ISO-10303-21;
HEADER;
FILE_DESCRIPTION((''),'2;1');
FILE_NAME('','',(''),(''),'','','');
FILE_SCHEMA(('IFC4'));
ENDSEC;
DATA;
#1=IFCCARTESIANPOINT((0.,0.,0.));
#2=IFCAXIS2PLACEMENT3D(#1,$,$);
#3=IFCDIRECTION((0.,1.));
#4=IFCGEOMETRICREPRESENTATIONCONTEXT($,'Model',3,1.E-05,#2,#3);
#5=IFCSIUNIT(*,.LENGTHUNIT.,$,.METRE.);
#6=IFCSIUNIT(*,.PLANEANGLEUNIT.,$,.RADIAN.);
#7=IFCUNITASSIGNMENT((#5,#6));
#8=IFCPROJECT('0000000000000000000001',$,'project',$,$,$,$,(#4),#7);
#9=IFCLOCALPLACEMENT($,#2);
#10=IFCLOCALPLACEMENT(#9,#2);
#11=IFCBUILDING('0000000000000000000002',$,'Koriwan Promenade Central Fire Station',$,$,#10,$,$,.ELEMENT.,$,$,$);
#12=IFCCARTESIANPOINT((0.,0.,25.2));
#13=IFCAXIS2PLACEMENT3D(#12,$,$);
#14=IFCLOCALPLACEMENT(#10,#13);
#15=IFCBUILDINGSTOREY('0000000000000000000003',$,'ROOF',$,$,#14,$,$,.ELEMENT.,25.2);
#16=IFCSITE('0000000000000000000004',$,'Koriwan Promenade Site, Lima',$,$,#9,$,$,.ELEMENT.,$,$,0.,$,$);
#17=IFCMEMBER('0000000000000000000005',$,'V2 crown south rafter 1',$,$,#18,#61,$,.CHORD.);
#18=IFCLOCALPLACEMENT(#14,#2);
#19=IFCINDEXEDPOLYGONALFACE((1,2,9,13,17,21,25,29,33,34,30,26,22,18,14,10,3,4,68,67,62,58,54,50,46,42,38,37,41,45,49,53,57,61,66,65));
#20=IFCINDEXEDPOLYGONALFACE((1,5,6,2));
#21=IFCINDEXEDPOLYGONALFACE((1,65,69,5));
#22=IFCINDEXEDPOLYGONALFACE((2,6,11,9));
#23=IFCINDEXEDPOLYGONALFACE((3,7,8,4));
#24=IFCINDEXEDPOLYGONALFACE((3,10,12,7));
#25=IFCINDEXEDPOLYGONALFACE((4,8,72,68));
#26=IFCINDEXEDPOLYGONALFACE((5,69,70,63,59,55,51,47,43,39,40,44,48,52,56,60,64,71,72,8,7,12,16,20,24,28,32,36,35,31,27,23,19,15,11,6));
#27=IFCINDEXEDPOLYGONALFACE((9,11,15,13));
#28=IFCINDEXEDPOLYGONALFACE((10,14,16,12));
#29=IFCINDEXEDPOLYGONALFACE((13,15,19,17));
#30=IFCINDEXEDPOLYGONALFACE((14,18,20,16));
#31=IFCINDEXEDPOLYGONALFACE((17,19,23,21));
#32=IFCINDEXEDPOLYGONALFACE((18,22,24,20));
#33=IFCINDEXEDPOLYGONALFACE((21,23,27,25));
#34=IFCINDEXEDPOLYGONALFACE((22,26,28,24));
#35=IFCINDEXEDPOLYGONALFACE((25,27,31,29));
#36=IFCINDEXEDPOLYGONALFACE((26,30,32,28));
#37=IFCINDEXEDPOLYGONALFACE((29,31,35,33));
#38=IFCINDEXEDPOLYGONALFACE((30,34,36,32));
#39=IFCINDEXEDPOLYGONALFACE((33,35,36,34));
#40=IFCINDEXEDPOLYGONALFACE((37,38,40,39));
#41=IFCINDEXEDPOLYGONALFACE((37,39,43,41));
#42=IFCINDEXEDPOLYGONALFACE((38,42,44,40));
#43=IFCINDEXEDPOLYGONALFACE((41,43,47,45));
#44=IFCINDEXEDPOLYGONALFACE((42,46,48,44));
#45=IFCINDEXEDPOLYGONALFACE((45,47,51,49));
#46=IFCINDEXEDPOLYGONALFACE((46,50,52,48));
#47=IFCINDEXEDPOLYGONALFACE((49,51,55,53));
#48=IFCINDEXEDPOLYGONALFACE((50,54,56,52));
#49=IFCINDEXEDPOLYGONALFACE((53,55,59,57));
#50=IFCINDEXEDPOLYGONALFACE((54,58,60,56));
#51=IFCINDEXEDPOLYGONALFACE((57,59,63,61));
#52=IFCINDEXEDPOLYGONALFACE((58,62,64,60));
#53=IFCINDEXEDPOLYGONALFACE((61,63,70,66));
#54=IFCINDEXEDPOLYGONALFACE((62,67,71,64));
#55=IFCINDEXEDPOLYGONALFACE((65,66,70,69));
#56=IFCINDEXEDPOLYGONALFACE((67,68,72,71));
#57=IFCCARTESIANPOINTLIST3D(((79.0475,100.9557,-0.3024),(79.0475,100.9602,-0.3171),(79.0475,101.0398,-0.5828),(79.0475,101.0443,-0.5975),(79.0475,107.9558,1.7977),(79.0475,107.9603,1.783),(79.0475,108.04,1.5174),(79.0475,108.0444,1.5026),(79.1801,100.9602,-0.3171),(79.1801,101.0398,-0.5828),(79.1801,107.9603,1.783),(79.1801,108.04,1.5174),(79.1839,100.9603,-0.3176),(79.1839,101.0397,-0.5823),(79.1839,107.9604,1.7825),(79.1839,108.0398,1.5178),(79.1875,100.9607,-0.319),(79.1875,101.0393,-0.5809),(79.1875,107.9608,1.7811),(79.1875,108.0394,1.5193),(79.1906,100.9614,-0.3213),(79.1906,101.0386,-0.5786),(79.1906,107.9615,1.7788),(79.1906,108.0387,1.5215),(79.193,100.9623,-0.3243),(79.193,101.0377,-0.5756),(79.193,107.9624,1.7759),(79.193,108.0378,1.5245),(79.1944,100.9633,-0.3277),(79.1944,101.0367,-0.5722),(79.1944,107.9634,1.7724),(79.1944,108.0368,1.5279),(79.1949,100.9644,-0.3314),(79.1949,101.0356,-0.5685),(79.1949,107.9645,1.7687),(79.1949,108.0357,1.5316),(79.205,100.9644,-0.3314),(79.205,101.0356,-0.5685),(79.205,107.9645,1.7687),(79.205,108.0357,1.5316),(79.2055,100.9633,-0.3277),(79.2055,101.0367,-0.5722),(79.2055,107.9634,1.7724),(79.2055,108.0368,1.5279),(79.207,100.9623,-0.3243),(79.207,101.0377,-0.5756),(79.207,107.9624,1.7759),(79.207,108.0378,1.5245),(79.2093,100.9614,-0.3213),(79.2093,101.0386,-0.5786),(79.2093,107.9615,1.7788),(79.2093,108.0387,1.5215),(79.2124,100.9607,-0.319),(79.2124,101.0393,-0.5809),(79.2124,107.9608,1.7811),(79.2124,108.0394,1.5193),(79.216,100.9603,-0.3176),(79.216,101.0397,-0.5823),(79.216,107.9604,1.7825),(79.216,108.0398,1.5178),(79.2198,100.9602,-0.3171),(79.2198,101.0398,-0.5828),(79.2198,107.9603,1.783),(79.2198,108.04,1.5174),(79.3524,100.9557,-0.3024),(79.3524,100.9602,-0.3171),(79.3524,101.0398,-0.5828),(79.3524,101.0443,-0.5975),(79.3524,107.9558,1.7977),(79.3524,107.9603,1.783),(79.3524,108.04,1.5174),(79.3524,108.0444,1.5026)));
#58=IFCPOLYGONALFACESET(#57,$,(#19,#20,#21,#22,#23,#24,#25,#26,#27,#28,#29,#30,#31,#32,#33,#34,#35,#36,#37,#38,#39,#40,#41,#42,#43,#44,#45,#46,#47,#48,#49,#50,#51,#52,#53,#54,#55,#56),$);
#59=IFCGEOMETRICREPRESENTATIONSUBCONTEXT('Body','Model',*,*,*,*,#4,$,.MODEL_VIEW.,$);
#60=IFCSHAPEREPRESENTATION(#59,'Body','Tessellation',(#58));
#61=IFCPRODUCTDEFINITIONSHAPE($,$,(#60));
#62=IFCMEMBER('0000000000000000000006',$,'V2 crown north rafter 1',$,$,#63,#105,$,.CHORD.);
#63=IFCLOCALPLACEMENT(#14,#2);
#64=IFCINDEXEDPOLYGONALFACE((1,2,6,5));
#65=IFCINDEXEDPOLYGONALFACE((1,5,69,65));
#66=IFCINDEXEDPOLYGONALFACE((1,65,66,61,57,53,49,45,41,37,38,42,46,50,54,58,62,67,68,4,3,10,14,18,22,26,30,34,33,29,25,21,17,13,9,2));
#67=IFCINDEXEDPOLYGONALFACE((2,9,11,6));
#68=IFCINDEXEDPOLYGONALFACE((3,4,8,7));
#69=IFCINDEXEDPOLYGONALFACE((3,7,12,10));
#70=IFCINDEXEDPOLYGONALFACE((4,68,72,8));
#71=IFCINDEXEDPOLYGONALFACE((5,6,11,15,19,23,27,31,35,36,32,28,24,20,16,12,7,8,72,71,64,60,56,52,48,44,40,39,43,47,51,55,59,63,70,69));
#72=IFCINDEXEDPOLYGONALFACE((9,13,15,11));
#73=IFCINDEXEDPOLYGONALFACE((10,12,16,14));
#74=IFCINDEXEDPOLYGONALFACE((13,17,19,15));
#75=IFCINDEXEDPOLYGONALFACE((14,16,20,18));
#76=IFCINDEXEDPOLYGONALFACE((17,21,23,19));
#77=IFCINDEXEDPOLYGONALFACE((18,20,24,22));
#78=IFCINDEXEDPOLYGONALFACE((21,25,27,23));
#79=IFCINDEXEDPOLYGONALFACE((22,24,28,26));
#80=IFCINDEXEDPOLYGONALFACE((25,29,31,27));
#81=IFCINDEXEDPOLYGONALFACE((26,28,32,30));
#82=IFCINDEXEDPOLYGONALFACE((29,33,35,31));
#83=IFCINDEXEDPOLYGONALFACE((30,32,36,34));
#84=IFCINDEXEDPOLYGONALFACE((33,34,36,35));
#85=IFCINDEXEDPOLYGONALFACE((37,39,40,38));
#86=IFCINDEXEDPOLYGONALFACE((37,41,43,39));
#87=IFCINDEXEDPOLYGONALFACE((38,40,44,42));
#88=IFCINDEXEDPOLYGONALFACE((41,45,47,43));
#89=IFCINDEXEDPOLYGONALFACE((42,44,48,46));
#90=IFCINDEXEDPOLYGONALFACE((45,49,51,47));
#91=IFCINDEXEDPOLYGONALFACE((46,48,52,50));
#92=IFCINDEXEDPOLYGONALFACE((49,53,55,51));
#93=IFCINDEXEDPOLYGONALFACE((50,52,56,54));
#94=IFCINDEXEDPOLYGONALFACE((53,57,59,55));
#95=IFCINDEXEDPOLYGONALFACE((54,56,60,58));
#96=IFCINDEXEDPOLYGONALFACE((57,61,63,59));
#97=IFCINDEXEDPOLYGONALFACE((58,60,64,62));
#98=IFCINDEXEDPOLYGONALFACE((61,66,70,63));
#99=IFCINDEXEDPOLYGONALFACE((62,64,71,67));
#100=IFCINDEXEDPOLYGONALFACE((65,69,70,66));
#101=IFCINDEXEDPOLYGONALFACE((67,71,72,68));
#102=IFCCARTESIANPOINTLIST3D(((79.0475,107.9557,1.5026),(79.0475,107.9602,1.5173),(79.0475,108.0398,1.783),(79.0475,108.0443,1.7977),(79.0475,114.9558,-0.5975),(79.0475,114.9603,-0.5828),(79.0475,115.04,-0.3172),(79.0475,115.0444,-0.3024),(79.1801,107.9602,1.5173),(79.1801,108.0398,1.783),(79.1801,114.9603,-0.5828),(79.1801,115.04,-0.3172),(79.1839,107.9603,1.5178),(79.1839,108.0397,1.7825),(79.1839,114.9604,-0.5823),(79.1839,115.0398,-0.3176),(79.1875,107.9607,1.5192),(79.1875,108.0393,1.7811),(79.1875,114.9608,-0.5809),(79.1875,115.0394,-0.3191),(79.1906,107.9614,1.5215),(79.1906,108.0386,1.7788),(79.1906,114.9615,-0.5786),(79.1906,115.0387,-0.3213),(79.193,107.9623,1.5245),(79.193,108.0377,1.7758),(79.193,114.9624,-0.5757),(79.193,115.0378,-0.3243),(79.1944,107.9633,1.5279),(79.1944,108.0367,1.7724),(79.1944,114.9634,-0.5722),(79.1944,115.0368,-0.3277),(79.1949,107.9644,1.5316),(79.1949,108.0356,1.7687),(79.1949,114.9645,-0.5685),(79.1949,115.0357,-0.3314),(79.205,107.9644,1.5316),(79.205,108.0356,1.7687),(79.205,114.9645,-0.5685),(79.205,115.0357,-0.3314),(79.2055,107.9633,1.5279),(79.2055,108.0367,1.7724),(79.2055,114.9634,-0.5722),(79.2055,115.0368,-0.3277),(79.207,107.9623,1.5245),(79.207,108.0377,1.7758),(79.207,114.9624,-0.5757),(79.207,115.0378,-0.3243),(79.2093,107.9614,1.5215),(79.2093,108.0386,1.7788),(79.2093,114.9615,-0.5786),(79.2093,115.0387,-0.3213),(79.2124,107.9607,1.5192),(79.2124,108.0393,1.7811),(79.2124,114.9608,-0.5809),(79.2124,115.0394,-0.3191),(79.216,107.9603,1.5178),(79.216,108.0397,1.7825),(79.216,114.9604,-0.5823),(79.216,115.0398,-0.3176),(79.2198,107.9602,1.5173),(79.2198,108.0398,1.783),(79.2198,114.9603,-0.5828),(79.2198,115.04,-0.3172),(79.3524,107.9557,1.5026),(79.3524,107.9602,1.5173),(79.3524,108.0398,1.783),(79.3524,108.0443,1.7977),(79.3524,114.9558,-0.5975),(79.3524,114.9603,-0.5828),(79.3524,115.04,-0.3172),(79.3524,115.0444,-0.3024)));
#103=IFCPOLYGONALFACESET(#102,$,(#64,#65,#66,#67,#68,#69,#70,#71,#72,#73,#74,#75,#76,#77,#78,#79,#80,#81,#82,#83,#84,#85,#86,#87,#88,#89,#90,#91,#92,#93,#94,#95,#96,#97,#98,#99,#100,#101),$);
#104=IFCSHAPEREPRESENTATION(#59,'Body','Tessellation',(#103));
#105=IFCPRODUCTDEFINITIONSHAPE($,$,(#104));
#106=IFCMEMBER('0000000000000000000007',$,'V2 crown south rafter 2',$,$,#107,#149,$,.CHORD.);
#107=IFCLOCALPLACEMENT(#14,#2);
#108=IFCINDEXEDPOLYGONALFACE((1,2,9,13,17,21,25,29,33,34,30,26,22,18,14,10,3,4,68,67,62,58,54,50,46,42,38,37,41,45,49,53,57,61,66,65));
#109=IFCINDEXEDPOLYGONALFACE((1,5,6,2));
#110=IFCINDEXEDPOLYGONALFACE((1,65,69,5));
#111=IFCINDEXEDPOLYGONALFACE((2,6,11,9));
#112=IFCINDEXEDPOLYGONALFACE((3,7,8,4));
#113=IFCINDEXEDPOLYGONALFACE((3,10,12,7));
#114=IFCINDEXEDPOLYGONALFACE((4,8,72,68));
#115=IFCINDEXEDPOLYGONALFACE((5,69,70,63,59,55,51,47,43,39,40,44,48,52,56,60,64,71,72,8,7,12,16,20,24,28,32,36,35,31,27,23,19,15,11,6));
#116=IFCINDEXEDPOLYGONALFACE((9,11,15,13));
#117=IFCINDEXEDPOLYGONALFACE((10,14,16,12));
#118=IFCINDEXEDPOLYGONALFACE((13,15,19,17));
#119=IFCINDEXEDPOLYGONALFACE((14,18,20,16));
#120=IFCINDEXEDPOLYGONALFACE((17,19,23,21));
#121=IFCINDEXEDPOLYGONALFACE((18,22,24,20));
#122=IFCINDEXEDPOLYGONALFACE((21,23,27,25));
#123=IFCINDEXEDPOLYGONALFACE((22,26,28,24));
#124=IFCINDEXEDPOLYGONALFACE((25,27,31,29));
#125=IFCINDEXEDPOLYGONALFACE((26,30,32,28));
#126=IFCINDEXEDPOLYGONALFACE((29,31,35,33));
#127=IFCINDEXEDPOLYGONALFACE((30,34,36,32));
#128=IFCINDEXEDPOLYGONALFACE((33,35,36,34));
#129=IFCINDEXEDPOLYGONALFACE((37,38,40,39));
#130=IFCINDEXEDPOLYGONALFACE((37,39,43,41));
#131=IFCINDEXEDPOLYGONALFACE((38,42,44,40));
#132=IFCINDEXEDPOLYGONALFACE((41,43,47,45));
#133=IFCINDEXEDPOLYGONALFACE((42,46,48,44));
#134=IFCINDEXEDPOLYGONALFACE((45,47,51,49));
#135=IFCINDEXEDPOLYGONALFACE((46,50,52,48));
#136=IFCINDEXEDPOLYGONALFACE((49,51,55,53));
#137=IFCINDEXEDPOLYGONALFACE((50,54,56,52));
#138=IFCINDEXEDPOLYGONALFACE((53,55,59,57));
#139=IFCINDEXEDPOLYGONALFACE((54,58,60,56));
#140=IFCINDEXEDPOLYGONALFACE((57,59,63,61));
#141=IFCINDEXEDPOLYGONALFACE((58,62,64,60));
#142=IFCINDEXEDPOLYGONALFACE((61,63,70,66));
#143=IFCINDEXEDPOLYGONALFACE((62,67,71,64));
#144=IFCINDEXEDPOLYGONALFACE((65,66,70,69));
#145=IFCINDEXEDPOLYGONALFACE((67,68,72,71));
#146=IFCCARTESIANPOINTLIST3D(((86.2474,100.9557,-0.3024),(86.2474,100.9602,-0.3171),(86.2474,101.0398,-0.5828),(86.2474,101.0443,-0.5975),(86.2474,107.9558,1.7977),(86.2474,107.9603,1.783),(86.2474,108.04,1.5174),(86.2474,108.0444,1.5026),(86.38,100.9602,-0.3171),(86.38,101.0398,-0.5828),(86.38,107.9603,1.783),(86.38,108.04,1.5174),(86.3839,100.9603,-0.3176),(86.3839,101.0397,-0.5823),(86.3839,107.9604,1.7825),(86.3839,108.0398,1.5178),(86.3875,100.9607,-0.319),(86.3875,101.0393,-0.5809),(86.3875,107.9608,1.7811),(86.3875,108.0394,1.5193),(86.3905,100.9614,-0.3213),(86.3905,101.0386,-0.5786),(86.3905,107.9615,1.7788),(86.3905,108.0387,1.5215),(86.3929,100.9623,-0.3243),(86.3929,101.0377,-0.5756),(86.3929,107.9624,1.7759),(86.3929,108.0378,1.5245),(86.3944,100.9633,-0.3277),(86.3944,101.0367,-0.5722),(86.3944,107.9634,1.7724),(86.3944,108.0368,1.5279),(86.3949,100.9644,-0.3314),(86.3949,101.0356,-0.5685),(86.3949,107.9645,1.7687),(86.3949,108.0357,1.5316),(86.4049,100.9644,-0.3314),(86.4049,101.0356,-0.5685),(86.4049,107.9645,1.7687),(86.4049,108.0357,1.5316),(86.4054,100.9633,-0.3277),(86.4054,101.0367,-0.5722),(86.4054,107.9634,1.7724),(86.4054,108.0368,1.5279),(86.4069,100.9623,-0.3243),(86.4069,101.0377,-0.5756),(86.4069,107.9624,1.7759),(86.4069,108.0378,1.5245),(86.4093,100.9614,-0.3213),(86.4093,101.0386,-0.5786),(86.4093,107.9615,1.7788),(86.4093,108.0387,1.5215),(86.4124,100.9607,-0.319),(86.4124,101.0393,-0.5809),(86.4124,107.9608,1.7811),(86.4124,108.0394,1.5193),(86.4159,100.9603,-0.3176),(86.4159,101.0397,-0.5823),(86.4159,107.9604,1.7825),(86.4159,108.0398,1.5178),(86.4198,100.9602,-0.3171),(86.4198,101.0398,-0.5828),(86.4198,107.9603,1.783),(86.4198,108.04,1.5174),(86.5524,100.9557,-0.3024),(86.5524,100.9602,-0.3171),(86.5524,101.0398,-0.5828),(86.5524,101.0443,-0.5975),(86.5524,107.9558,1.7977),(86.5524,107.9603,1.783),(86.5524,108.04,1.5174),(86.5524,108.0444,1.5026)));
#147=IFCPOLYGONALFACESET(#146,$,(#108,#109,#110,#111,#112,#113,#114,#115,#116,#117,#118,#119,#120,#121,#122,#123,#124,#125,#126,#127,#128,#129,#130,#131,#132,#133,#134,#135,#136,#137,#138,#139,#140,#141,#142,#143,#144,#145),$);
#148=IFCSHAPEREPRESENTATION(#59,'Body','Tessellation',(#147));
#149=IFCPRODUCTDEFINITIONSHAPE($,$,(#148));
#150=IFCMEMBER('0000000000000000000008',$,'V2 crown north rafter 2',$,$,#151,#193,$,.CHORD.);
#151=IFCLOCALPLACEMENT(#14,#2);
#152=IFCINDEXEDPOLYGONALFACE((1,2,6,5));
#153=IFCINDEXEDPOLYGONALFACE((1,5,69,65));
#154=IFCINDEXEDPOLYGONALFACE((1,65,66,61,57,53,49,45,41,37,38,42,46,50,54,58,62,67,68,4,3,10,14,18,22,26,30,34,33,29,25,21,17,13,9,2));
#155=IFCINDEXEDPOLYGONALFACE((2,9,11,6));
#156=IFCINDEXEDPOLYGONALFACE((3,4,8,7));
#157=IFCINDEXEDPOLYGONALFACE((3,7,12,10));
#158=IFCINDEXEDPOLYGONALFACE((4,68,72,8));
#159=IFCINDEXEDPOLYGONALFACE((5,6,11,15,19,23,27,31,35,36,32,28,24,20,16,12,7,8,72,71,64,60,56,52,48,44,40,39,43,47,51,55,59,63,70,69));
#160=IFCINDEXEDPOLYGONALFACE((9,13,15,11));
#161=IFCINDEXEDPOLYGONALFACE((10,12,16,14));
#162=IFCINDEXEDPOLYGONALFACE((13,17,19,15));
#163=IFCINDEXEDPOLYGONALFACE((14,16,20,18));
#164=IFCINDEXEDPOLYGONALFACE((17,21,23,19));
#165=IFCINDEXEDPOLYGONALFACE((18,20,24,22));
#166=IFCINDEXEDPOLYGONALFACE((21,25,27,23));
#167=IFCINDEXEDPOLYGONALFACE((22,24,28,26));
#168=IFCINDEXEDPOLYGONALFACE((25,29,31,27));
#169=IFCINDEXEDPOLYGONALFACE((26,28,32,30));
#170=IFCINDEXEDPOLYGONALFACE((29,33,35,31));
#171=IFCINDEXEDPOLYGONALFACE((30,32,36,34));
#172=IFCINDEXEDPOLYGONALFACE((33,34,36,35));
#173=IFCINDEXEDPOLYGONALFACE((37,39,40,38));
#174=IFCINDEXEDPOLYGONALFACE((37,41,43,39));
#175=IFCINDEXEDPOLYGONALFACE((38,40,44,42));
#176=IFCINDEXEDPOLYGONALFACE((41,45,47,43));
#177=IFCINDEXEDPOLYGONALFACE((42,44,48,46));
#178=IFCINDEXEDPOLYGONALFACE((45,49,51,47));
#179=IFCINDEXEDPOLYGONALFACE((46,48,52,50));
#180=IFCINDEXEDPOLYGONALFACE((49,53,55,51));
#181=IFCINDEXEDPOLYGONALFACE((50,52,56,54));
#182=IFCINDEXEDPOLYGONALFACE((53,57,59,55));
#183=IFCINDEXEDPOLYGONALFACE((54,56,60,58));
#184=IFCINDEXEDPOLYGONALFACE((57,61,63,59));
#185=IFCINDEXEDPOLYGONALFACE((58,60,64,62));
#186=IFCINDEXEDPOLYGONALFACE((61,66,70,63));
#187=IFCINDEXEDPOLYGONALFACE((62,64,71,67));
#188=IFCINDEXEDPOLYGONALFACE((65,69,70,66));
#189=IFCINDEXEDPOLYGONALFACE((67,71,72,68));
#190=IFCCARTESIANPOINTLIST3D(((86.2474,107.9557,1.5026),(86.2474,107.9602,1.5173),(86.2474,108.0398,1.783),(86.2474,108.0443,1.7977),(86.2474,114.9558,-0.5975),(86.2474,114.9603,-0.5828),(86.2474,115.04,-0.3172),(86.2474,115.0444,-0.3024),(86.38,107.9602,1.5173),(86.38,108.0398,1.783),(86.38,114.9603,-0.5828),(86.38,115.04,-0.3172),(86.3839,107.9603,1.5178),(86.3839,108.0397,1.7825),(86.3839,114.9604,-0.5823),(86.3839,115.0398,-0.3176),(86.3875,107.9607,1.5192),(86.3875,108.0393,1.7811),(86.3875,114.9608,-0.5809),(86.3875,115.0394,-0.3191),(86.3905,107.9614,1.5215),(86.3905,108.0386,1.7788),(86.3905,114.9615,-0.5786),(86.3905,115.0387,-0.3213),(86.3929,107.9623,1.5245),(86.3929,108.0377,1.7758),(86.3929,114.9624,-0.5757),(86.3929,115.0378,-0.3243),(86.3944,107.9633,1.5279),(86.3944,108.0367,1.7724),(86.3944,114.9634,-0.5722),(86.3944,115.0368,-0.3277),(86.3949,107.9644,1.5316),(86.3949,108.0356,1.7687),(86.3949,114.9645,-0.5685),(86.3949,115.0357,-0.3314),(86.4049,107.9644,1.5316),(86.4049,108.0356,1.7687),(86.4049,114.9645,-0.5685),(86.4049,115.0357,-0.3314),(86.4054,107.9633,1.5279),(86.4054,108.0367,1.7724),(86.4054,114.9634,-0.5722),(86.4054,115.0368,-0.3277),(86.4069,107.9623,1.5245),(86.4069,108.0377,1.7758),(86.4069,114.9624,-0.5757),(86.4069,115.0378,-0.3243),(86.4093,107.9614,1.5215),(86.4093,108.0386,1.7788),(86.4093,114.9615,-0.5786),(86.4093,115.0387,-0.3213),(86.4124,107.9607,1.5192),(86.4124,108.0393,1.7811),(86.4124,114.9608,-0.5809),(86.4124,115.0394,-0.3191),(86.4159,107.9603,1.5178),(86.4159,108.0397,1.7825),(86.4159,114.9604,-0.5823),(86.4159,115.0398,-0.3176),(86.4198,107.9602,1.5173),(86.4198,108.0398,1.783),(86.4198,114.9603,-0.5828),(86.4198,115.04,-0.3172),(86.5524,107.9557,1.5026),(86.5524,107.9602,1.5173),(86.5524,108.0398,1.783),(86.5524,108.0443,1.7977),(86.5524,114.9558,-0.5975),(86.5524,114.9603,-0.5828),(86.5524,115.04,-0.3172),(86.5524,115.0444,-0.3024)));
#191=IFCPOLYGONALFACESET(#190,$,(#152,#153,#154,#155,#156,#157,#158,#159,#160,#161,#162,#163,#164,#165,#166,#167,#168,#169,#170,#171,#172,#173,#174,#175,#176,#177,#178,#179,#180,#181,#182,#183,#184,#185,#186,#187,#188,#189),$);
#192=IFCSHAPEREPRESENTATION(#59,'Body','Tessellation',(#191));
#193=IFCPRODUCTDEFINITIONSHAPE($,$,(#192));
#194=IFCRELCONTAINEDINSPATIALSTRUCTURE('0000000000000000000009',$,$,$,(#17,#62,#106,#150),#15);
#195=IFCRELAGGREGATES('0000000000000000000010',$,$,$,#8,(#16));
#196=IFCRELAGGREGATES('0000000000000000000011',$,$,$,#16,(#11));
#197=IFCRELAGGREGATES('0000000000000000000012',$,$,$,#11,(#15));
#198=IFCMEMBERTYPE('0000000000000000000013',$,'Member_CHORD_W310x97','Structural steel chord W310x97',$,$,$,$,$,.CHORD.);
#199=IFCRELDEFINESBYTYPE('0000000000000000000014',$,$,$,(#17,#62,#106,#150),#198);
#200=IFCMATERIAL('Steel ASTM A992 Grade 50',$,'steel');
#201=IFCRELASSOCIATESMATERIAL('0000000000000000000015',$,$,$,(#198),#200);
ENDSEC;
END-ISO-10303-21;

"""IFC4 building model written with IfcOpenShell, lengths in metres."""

from ifc_helpers import new_model, si_unit, direction, frame, origin, origin_2d, place, context, subcontext, project, spatial, i_section, extrude, material, material_profile, profile_set, type_object, element, save


model = new_model("IFC4")

# Units and contexts
model_context = context("Model", 3, precision=1e-05, world=origin(), true_north=direction((0.0, 1.0)))
body_context = subcontext(model_context, "Body", "Model", "MODEL_VIEW")
ifc_project = project(units=[si_unit("LENGTHUNIT", "METRE"), si_unit("PLANEANGLEUNIT", "RADIAN")], contexts=[model_context])

# Site, building, storey
site_placement = place(None, origin())
site = spatial("IfcSite", under=ifc_project, at=site_placement, Name="Koriwan Promenade Site, Lima", CompositionType="ELEMENT", RefElevation=0.0)
building_placement = place(site_placement, origin())
building = spatial("IfcBuilding", under=site, at=building_placement, Name="Koriwan Promenade Central Fire Station", CompositionType="ELEMENT")
storey_placement = place(building_placement, frame((0.0, 0.0, 25.2)))
storey = spatial("IfcBuildingStorey", under=building, at=storey_placement, Name="ROOF", CompositionType="ELEMENT", Elevation=25.2)

# Members
ifc_material_1 = material(Name="Steel ASTM A992 Grade 50", Category="steel")
ifc_material_profile_1 = material_profile(ifc_material_1, i_section(OverallWidth=0.3049, OverallDepth=0.3081, WebThickness=0.01, FlangeThickness=0.0154, FilletRadius=0.0149, at=origin_2d()), Name="W310x97")
ifc_profile_set_1 = profile_set([ifc_material_profile_1], Name="Steel ASTM A992 Grade 50")
member_type_1 = type_object("IfcMemberType", Name="Member_CHORD_W310x97", Description="Structural steel chord W310x97", PredefinedType="CHORD", material=ifc_profile_set_1)
for number, where, z_axis, x_axis, name in (
    (1, (79.2, 101.0, -0.45), (0.0, 0.957823, 0.28736), (-1.0, 0.0, 0.0), "V2 crown south rafter 1"),
    (2, (79.2, 108.0, 1.6501), (0.0, 0.957823, -0.28736), (-1.0, 0.0, 0.0), "V2 crown north rafter 1"),
    (3, (86.3999, 101.0, -0.45), (0.0, 0.957823, 0.28736), (-1.0, 0.0, 0.0), "V2 crown south rafter 2"),
    (4, (86.3999, 108.0, 1.6501), (0.0, 0.957823, -0.28736), (-1.0, 0.0, 0.0), "V2 crown north rafter 2"),
):
    element("IfcMember", number, at=place(storey_placement, frame(where, z_axis=z_axis, x_axis=x_axis)), inside=storey, type_object=member_type_1, Name=name, PredefinedType="CHORD", context=body_context, shape_type="SweptSolid", body=[
        extrude(i_section(OverallWidth=0.3049, OverallDepth=0.3081, WebThickness=0.01, FlangeThickness=0.0154, FilletRadius=0.0149, at=origin_2d()), origin(), (0.0, 0.0, 1.0), 7.3083),
    ])

save(model, "model.ifc")
